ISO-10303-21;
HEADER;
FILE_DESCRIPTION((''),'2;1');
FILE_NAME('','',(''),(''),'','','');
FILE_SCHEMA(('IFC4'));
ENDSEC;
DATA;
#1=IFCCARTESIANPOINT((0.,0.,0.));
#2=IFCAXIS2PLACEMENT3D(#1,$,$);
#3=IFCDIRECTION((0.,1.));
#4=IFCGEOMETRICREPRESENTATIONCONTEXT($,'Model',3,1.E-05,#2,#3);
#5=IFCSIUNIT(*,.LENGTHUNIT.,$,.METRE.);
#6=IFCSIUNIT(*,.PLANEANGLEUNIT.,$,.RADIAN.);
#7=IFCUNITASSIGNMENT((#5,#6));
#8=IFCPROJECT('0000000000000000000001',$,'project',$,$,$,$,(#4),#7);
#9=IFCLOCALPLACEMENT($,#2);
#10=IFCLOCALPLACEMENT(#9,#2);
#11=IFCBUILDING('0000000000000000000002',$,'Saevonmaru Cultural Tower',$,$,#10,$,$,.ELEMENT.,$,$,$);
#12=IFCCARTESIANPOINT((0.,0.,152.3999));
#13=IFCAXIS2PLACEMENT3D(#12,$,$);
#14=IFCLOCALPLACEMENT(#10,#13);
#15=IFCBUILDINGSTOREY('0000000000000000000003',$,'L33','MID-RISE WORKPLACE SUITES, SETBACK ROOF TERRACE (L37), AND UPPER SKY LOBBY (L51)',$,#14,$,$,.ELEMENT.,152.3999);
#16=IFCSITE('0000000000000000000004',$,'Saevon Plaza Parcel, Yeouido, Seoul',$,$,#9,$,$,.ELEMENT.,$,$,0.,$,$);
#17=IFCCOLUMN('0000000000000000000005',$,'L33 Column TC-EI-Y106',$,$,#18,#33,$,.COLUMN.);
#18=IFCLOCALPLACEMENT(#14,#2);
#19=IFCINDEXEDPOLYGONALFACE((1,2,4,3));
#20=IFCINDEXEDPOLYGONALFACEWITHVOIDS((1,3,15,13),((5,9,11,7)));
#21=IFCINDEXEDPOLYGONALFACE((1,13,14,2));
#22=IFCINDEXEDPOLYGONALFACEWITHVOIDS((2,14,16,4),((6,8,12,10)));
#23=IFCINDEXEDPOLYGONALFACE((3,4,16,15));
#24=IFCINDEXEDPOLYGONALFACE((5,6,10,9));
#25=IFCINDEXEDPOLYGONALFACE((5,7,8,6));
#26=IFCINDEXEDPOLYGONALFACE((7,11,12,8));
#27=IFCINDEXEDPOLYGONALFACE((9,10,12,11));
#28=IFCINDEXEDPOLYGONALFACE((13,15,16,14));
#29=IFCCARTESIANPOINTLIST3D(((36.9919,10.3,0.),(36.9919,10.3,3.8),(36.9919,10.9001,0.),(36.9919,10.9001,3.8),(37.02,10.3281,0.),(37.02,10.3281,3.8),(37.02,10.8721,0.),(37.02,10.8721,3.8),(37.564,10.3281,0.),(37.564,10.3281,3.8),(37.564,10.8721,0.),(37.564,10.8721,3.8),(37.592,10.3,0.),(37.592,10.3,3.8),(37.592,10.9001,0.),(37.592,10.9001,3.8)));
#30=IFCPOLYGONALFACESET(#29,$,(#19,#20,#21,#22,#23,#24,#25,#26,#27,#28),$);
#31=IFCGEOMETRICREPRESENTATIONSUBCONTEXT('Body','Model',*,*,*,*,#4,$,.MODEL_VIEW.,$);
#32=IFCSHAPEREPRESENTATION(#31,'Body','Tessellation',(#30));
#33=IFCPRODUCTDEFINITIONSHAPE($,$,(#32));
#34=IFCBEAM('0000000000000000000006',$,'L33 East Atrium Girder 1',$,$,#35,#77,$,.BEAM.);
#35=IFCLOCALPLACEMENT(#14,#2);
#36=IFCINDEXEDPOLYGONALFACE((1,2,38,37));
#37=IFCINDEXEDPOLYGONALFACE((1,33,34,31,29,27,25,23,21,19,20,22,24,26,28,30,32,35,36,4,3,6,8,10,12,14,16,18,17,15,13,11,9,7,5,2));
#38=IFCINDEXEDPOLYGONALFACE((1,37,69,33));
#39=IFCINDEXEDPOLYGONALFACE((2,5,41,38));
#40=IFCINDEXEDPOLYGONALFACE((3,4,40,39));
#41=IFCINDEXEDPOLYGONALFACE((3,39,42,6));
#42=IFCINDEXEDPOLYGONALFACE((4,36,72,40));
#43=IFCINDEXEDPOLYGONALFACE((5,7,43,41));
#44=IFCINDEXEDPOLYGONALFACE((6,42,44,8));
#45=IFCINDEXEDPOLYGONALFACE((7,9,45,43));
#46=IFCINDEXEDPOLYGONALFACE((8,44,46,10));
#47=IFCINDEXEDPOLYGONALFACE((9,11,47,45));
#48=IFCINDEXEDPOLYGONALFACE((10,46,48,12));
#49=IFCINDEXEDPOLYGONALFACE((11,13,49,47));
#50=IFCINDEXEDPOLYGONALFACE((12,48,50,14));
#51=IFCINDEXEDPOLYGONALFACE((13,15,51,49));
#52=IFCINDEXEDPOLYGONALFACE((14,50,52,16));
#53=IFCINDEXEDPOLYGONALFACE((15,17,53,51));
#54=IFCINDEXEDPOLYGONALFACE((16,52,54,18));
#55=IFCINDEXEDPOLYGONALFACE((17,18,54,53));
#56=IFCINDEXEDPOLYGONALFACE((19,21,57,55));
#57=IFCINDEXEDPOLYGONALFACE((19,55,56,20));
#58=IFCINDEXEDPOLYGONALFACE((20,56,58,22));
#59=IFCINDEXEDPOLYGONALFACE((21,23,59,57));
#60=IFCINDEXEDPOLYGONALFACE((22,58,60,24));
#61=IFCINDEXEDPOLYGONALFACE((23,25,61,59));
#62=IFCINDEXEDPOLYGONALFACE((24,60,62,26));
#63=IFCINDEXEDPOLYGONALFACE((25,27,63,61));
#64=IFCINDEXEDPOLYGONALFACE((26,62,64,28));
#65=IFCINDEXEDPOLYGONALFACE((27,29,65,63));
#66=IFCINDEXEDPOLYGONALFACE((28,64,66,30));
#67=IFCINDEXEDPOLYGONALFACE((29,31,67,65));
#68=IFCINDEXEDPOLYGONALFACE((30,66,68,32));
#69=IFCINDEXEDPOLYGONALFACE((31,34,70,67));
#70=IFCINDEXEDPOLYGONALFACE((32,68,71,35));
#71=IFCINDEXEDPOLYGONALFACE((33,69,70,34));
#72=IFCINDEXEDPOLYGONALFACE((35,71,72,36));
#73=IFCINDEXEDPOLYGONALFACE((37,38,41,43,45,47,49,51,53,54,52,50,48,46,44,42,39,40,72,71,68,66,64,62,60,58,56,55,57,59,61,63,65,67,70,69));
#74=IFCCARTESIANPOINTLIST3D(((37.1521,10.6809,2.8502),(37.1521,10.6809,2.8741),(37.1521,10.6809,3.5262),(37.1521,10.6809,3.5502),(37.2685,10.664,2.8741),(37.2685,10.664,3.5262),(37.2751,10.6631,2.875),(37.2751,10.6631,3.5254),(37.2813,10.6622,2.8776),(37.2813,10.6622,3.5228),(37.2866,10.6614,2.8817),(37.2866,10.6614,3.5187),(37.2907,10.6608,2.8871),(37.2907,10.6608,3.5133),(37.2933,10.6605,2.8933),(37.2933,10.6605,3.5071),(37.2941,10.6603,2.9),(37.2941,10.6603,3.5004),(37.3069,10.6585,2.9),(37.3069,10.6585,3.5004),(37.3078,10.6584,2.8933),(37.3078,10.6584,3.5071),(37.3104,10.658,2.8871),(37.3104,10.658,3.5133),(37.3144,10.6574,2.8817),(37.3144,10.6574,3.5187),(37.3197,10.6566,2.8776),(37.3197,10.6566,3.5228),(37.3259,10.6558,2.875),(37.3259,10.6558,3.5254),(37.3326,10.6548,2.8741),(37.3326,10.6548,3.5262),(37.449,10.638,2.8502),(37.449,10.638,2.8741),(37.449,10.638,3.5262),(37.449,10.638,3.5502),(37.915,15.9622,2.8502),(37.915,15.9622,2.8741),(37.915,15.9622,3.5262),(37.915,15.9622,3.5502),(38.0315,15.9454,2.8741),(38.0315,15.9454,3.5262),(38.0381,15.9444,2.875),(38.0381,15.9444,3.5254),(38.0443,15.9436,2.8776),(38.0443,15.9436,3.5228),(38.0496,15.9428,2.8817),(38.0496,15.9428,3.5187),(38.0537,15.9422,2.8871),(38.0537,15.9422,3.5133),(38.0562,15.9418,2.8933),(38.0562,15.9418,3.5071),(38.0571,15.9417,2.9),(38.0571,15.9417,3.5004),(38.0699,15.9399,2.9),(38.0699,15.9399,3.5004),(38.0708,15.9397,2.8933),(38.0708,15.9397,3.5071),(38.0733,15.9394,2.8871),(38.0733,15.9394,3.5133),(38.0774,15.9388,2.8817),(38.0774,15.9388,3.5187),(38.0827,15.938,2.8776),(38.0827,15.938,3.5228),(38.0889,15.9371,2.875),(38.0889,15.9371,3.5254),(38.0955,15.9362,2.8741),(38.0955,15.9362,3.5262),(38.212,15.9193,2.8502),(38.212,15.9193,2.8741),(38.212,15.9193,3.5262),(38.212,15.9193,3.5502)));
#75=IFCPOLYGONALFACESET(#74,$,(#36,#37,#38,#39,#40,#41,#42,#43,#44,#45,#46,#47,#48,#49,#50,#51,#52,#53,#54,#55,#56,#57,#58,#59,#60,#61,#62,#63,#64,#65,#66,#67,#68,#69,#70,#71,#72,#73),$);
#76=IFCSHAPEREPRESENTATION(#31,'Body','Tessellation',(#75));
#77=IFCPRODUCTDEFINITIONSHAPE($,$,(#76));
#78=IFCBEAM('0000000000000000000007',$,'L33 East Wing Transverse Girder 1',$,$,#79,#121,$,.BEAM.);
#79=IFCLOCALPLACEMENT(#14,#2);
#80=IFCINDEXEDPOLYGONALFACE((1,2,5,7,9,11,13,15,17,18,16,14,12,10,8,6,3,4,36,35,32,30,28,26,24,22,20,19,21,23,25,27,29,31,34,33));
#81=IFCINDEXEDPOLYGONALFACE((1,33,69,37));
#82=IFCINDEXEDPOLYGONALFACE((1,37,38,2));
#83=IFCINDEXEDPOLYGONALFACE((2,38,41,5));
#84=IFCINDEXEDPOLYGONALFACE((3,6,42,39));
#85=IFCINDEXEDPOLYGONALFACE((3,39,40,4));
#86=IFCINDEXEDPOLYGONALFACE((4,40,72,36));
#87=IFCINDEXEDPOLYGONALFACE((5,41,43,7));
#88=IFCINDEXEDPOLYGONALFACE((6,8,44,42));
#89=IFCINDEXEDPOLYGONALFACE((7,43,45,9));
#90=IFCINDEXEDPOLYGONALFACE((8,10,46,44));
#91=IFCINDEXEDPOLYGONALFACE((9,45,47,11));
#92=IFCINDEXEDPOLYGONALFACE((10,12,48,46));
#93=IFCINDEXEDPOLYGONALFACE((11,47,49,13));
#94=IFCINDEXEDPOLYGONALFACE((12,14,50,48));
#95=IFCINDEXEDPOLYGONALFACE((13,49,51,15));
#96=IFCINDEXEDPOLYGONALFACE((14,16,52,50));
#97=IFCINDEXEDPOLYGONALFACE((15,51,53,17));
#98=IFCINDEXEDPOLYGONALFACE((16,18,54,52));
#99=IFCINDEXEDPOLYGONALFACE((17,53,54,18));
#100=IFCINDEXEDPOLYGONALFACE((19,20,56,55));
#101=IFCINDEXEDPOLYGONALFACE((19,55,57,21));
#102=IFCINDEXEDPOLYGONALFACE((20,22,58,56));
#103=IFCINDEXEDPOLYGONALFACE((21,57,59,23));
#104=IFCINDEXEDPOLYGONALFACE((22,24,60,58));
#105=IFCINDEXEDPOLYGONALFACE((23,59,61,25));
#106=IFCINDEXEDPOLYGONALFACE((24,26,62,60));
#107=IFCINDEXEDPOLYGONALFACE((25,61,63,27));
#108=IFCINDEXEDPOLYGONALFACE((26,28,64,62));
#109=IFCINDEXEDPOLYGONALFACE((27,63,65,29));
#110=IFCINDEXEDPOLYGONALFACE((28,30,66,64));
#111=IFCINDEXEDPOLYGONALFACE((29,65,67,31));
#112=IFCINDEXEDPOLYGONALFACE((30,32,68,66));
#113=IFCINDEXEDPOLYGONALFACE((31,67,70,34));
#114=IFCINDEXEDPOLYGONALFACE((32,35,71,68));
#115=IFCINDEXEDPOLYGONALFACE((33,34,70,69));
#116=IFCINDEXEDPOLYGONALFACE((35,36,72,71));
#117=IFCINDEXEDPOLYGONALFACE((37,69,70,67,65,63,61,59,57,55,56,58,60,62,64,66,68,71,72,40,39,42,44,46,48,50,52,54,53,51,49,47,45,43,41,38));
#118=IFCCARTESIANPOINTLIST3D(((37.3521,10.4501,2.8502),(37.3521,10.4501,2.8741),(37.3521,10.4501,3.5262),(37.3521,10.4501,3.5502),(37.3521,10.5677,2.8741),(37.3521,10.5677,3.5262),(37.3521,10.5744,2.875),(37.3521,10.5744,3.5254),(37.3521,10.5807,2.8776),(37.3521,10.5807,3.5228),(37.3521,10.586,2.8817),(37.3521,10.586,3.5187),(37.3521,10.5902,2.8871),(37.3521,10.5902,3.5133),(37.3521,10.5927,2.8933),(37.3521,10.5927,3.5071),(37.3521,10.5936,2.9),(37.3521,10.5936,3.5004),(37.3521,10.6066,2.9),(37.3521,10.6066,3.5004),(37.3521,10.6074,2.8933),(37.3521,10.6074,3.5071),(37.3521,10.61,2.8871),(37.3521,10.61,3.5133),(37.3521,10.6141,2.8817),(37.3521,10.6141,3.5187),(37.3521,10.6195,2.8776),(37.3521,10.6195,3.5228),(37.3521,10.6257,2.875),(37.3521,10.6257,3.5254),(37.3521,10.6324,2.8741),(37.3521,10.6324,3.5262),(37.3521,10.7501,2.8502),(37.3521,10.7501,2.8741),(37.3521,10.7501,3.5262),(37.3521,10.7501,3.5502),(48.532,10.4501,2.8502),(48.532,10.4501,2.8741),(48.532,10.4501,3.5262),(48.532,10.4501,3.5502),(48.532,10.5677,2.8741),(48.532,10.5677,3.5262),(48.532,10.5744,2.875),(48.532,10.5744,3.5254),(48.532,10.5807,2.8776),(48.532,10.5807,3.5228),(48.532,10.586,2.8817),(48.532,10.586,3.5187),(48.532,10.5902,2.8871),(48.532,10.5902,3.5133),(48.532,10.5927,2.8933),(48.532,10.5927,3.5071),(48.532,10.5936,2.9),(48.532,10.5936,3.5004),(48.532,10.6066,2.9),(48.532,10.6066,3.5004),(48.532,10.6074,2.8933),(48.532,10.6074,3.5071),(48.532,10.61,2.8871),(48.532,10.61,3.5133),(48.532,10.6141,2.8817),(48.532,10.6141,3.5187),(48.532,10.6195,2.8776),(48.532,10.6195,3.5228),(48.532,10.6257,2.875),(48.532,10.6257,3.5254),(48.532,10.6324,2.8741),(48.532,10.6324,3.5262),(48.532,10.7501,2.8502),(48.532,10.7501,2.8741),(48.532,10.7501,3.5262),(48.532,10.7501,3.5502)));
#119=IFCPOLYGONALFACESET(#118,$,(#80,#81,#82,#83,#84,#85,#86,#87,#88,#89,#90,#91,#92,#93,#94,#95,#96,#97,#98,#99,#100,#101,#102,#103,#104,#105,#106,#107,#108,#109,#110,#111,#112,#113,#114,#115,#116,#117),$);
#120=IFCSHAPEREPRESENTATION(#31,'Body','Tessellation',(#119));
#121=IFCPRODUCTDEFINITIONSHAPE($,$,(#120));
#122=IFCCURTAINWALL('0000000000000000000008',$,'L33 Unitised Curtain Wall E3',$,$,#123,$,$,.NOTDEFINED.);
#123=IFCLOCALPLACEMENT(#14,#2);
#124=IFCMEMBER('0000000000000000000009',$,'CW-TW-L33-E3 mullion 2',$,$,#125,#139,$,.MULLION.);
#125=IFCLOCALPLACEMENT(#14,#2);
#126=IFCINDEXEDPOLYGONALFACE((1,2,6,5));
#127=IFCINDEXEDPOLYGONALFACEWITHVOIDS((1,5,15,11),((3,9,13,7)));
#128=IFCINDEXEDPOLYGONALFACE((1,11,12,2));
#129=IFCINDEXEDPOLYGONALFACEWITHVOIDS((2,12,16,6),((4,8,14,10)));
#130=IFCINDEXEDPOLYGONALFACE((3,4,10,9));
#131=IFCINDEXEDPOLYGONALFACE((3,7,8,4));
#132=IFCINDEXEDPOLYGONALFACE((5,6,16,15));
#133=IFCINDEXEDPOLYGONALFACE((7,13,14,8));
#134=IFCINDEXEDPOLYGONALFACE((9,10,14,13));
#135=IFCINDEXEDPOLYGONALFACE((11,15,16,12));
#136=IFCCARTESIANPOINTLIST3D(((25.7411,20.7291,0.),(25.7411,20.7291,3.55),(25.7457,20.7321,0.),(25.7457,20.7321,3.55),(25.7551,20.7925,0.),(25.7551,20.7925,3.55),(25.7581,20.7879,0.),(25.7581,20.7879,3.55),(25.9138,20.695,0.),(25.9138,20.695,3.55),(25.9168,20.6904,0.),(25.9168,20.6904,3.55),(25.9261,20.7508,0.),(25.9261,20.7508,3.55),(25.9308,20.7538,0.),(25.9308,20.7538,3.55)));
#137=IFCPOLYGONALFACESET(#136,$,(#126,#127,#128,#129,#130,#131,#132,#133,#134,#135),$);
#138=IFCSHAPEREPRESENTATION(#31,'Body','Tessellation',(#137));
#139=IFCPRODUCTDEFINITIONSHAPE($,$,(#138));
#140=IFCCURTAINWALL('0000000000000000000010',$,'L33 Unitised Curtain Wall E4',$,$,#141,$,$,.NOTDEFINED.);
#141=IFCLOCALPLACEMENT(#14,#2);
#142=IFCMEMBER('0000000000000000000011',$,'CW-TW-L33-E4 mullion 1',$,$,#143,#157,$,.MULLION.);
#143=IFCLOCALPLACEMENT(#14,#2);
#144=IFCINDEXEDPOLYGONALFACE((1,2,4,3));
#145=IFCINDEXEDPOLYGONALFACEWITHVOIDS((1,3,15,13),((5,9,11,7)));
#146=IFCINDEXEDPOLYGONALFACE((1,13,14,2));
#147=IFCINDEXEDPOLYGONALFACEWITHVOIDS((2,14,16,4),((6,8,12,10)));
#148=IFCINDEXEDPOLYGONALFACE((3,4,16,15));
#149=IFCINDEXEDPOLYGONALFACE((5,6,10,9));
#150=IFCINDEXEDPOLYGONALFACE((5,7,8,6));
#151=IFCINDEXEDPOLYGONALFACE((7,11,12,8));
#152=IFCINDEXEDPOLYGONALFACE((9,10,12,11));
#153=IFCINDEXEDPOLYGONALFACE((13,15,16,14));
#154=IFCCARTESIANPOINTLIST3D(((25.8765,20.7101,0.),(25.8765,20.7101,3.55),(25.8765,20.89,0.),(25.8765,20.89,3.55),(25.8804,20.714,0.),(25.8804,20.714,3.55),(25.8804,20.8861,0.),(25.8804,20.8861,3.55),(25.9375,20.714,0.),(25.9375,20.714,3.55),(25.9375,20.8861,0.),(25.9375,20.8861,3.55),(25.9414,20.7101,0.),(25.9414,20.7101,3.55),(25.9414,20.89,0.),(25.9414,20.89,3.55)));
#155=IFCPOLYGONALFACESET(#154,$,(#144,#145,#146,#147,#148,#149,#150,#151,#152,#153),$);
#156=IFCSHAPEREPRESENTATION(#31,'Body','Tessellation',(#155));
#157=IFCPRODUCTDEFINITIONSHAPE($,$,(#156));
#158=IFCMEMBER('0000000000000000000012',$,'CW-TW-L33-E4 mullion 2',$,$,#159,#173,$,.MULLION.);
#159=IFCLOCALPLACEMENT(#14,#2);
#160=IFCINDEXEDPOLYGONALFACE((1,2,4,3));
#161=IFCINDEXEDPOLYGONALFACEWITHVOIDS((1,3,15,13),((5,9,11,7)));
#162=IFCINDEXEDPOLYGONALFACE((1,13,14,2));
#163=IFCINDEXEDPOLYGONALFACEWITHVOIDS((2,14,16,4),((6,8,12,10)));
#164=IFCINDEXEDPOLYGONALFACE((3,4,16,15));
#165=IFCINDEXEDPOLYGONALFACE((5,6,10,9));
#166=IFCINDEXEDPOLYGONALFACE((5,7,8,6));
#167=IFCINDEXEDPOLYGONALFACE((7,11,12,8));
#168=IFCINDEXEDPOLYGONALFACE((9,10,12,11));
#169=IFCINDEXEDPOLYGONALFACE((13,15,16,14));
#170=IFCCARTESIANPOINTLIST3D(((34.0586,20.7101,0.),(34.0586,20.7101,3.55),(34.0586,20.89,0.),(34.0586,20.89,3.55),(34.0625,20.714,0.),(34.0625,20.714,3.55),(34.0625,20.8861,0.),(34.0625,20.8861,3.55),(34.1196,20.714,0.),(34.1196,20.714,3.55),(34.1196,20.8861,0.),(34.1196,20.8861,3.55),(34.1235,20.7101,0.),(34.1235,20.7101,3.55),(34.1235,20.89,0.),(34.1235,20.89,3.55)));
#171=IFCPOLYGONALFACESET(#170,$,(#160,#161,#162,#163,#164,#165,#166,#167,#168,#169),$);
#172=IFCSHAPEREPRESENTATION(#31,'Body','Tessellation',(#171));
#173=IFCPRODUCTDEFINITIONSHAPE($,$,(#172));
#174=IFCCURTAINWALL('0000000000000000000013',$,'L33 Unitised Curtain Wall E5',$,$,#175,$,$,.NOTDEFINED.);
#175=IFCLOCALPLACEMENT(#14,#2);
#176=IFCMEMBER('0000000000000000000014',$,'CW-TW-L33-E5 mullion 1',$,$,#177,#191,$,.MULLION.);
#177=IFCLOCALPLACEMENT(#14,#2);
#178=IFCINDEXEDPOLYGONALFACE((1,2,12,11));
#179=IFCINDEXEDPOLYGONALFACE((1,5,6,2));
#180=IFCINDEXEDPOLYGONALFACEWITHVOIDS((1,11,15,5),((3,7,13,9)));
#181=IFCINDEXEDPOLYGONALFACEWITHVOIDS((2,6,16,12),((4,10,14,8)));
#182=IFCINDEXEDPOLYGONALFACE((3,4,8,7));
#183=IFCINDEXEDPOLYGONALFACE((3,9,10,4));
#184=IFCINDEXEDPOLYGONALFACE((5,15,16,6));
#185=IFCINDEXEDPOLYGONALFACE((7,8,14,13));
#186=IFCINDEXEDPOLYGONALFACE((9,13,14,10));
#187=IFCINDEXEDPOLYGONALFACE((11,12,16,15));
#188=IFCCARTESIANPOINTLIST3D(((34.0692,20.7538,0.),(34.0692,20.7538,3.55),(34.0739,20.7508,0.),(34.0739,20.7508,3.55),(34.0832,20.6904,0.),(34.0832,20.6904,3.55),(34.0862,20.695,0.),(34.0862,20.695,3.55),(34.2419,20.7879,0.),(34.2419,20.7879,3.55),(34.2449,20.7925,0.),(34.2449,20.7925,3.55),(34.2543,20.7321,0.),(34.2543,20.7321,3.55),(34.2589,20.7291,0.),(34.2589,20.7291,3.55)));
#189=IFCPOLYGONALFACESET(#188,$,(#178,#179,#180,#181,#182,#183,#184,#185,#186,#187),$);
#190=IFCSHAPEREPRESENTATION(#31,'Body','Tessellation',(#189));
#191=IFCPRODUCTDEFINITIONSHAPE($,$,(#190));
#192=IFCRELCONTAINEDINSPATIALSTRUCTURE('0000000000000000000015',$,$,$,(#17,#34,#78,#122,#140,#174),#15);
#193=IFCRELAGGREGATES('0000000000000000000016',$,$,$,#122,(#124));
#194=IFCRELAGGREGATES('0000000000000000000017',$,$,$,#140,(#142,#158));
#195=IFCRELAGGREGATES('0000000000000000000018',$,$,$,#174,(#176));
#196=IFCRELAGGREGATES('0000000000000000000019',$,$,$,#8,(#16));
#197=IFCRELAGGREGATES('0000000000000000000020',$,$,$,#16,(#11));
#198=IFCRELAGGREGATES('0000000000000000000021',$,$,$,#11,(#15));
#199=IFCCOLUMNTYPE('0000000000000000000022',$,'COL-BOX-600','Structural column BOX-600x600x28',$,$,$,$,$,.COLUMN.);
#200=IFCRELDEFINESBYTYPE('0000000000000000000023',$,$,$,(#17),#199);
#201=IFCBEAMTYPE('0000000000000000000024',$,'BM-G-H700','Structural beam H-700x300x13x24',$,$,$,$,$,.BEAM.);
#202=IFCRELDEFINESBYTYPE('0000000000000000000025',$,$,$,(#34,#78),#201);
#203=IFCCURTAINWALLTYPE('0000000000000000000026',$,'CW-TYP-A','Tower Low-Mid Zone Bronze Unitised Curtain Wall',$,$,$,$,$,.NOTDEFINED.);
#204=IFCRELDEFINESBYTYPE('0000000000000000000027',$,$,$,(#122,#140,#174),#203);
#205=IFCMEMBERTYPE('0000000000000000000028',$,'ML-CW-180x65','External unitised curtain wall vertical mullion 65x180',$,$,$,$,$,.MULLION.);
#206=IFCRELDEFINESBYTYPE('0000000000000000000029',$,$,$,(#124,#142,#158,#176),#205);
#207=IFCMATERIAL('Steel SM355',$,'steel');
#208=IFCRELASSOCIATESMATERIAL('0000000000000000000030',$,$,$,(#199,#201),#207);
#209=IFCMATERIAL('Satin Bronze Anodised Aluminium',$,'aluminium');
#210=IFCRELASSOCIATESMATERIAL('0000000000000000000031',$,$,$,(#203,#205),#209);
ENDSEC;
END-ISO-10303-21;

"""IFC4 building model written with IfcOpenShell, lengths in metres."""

from ifc_helpers import new_model, si_unit, direction, frame, origin, origin_2d, place, context, subcontext, project, spatial, hollow_rectangle, i_section, extrude, material, material_profile, profile_set, type_object, element, aggregate, save


model = new_model("IFC4")

# Units and contexts
model_context = context("Model", 3, precision=1e-05, world=origin(), true_north=direction((0.0, 1.0)))
body_context = subcontext(model_context, "Body", "Model", "MODEL_VIEW")
ifc_project = project(units=[si_unit("LENGTHUNIT", "METRE"), si_unit("PLANEANGLEUNIT", "RADIAN")], contexts=[model_context])

# Site, building, storey
site_placement = place(None, origin())
site = spatial("IfcSite", under=ifc_project, at=site_placement, Name="Saevon Plaza Parcel, Yeouido, Seoul", CompositionType="ELEMENT", RefElevation=0.0)
building_placement = place(site_placement, origin())
building = spatial("IfcBuilding", under=site, at=building_placement, Name="Saevonmaru Cultural Tower", CompositionType="ELEMENT")
storey_placement = place(building_placement, frame((0.0, 0.0, 152.3999)))
storey = spatial("IfcBuildingStorey", under=building, at=storey_placement, Name="L33", Description="MID-RISE WORKPLACE SUITES, SETBACK ROOF TERRACE (L37), AND UPPER SKY LOBBY (L51)", CompositionType="ELEMENT", Elevation=152.3999)

# Column
ifc_material_1 = material(Name="Steel SM355", Category="steel")
ifc_material_profile_1 = material_profile(ifc_material_1, hollow_rectangle(XDim=0.6001, YDim=0.6001, WallThickness=0.0281, at=origin_2d()), Name="BOX-600x600x28")
ifc_profile_set_1 = profile_set([ifc_material_profile_1], Name="Steel SM355")
column_type = type_object("IfcColumnType", Name="COL-BOX-600", Description="Structural column BOX-600x600x28", PredefinedType="COLUMN", material=ifc_profile_set_1)
column_placement = place(storey_placement, frame((37.292, 10.6001, 0.0), z_axis=(0.0, 0.0, 1.0), x_axis=(1.0, 0.0, 0.0)))
element("IfcColumn", 1, at=column_placement, inside=storey, type_object=column_type, Name="L33 Column TC-EI-Y106", PredefinedType="COLUMN", context=body_context, shape_type="SweptSolid", body=[
    extrude(hollow_rectangle(XDim=0.6001, YDim=0.6001, WallThickness=0.0281, at=origin_2d()), origin(), (0.0, 0.0, 1.0), 3.8),
])

# Beams
ifc_material_profile_2 = material_profile(ifc_material_1, i_section(OverallWidth=0.3, OverallDepth=0.7, WebThickness=0.0129, FlangeThickness=0.0239, FilletRadius=0.0259, at=origin_2d()), Name="H-700x300x13x24")
ifc_profile_set_2 = profile_set([ifc_material_profile_2], Name="Steel SM355")
beam_type = type_object("IfcBeamType", Name="BM-G-H700", Description="Structural beam H-700x300x13x24", PredefinedType="BEAM", material=ifc_profile_set_2)
beam_1_placement = place(storey_placement, frame((37.3005, 10.6594, 3.2002), z_axis=(0.142978, 0.989726, 0.0), x_axis=(-0.989726, 0.142978, 0.0)))
element("IfcBeam", 2, at=beam_1_placement, inside=storey, type_object=beam_type, Name="L33 East Atrium Girder 1", PredefinedType="BEAM", context=body_context, shape_type="SweptSolid", body=[
    extrude(i_section(OverallWidth=0.3, OverallDepth=0.7, WebThickness=0.0129, FlangeThickness=0.0239, FilletRadius=0.0259, at=origin_2d()), origin(), (0.0, 0.0, 1.0), 5.3362),
])
beam_2_placement = place(storey_placement, frame((37.3521, 10.6001, 3.2002), z_axis=(1.0, 0.0, 0.0), x_axis=(0.0, 1.0, 0.0)))
element("IfcBeam", 3, at=beam_2_placement, inside=storey, type_object=beam_type, Name="L33 East Wing Transverse Girder 1", PredefinedType="BEAM", context=body_context, shape_type="SweptSolid", body=[
    extrude(i_section(OverallWidth=0.3, OverallDepth=0.7, WebThickness=0.0129, FlangeThickness=0.0239, FilletRadius=0.0259, at=origin_2d()), origin(), (0.0, 0.0, 1.0), 11.1799),
])

# Curtain wall, member
ifc_material_2 = material(Name="Satin Bronze Anodised Aluminium", Category="aluminium")
curtain_wall_type_1 = type_object("IfcCurtainWallType", Name="CW-TYP-A", Description="Tower Low-Mid Zone Bronze Unitised Curtain Wall", PredefinedType="NOTDEFINED", material=ifc_material_2)
curtain_wall_1_placement = place(storey_placement, origin())
curtain_wall_1 = element("IfcCurtainWall", 4, at=curtain_wall_1_placement, inside=storey, type_object=curtain_wall_type_1, Name="L33 Unitised Curtain Wall E3", PredefinedType="NOTDEFINED")
ifc_material_profile_3 = material_profile(ifc_material_2, hollow_rectangle(XDim=0.0649, YDim=0.1799, WallThickness=0.0039, at=origin_2d()), Name="ALU-MULL-180x65x4")
ifc_profile_set_3 = profile_set([ifc_material_profile_3], Name="Satin Bronze Anodised Aluminium")
member_type_1 = type_object("IfcMemberType", Name="ML-CW-180x65", Description="External unitised curtain wall vertical mullion 65x180", PredefinedType="MULLION", material=ifc_profile_set_3)
member_1_placement = place(storey_placement, frame((25.8359, 20.7415, 0.0), z_axis=(0.0, 0.0, 1.0), x_axis=(0.215413, 0.976523, 0.0)))
member_1 = element("IfcMember", 5, at=member_1_placement, type_object=member_type_1, Name="CW-TW-L33-E3 mullion 2", PredefinedType="MULLION", context=body_context, shape_type="SweptSolid", body=[
    extrude(hollow_rectangle(XDim=0.0649, YDim=0.1799, WallThickness=0.0039, at=origin_2d()), origin(), (0.0, 0.0, 1.0), 3.55),
])

# Curtain walls, members
curtain_wall_2_placement = place(storey_placement, origin())
curtain_wall_2 = element("IfcCurtainWall", 6, at=curtain_wall_2_placement, inside=storey, type_object=curtain_wall_type_1, Name="L33 Unitised Curtain Wall E4", PredefinedType="NOTDEFINED")
member_2_placement = place(storey_placement, frame((25.9089, 20.8, 0.0), z_axis=(0.0, 0.0, 1.0), x_axis=(1.0, 0.0, 0.0)))
member_2 = element("IfcMember", 7, at=member_2_placement, type_object=member_type_1, Name="CW-TW-L33-E4 mullion 1", PredefinedType="MULLION", context=body_context, shape_type="SweptSolid", body=[
    extrude(hollow_rectangle(XDim=0.0649, YDim=0.1799, WallThickness=0.0039, at=origin_2d()), origin(), (0.0, 0.0, 1.0), 3.55),
])
member_3_placement = place(storey_placement, frame((34.0911, 20.8, 0.0), z_axis=(0.0, 0.0, 1.0), x_axis=(1.0, 0.0, 0.0)))
member_3 = element("IfcMember", 8, at=member_3_placement, type_object=member_type_1, Name="CW-TW-L33-E4 mullion 2", PredefinedType="MULLION", context=body_context, shape_type="SweptSolid", body=[
    extrude(hollow_rectangle(XDim=0.0649, YDim=0.1799, WallThickness=0.0039, at=origin_2d()), origin(), (0.0, 0.0, 1.0), 3.55),
])
curtain_wall_3_placement = place(storey_placement, origin())
curtain_wall_3 = element("IfcCurtainWall", 9, at=curtain_wall_3_placement, inside=storey, type_object=curtain_wall_type_1, Name="L33 Unitised Curtain Wall E5", PredefinedType="NOTDEFINED")
member_4_placement = place(storey_placement, frame((34.1641, 20.7415, 0.0), z_axis=(0.0, 0.0, 1.0), x_axis=(0.215413, -0.976523, 0.0)))
member_4 = element("IfcMember", 10, at=member_4_placement, type_object=member_type_1, Name="CW-TW-L33-E5 mullion 1", PredefinedType="MULLION", context=body_context, shape_type="SweptSolid", body=[
    extrude(hollow_rectangle(XDim=0.0649, YDim=0.1799, WallThickness=0.0039, at=origin_2d()), origin(), (0.0, 0.0, 1.0), 3.55),
])

aggregate(curtain_wall_1, [member_1])
aggregate(curtain_wall_2, [member_2, member_3])
aggregate(curtain_wall_3, [member_4])

save(model, "model.ifc")
